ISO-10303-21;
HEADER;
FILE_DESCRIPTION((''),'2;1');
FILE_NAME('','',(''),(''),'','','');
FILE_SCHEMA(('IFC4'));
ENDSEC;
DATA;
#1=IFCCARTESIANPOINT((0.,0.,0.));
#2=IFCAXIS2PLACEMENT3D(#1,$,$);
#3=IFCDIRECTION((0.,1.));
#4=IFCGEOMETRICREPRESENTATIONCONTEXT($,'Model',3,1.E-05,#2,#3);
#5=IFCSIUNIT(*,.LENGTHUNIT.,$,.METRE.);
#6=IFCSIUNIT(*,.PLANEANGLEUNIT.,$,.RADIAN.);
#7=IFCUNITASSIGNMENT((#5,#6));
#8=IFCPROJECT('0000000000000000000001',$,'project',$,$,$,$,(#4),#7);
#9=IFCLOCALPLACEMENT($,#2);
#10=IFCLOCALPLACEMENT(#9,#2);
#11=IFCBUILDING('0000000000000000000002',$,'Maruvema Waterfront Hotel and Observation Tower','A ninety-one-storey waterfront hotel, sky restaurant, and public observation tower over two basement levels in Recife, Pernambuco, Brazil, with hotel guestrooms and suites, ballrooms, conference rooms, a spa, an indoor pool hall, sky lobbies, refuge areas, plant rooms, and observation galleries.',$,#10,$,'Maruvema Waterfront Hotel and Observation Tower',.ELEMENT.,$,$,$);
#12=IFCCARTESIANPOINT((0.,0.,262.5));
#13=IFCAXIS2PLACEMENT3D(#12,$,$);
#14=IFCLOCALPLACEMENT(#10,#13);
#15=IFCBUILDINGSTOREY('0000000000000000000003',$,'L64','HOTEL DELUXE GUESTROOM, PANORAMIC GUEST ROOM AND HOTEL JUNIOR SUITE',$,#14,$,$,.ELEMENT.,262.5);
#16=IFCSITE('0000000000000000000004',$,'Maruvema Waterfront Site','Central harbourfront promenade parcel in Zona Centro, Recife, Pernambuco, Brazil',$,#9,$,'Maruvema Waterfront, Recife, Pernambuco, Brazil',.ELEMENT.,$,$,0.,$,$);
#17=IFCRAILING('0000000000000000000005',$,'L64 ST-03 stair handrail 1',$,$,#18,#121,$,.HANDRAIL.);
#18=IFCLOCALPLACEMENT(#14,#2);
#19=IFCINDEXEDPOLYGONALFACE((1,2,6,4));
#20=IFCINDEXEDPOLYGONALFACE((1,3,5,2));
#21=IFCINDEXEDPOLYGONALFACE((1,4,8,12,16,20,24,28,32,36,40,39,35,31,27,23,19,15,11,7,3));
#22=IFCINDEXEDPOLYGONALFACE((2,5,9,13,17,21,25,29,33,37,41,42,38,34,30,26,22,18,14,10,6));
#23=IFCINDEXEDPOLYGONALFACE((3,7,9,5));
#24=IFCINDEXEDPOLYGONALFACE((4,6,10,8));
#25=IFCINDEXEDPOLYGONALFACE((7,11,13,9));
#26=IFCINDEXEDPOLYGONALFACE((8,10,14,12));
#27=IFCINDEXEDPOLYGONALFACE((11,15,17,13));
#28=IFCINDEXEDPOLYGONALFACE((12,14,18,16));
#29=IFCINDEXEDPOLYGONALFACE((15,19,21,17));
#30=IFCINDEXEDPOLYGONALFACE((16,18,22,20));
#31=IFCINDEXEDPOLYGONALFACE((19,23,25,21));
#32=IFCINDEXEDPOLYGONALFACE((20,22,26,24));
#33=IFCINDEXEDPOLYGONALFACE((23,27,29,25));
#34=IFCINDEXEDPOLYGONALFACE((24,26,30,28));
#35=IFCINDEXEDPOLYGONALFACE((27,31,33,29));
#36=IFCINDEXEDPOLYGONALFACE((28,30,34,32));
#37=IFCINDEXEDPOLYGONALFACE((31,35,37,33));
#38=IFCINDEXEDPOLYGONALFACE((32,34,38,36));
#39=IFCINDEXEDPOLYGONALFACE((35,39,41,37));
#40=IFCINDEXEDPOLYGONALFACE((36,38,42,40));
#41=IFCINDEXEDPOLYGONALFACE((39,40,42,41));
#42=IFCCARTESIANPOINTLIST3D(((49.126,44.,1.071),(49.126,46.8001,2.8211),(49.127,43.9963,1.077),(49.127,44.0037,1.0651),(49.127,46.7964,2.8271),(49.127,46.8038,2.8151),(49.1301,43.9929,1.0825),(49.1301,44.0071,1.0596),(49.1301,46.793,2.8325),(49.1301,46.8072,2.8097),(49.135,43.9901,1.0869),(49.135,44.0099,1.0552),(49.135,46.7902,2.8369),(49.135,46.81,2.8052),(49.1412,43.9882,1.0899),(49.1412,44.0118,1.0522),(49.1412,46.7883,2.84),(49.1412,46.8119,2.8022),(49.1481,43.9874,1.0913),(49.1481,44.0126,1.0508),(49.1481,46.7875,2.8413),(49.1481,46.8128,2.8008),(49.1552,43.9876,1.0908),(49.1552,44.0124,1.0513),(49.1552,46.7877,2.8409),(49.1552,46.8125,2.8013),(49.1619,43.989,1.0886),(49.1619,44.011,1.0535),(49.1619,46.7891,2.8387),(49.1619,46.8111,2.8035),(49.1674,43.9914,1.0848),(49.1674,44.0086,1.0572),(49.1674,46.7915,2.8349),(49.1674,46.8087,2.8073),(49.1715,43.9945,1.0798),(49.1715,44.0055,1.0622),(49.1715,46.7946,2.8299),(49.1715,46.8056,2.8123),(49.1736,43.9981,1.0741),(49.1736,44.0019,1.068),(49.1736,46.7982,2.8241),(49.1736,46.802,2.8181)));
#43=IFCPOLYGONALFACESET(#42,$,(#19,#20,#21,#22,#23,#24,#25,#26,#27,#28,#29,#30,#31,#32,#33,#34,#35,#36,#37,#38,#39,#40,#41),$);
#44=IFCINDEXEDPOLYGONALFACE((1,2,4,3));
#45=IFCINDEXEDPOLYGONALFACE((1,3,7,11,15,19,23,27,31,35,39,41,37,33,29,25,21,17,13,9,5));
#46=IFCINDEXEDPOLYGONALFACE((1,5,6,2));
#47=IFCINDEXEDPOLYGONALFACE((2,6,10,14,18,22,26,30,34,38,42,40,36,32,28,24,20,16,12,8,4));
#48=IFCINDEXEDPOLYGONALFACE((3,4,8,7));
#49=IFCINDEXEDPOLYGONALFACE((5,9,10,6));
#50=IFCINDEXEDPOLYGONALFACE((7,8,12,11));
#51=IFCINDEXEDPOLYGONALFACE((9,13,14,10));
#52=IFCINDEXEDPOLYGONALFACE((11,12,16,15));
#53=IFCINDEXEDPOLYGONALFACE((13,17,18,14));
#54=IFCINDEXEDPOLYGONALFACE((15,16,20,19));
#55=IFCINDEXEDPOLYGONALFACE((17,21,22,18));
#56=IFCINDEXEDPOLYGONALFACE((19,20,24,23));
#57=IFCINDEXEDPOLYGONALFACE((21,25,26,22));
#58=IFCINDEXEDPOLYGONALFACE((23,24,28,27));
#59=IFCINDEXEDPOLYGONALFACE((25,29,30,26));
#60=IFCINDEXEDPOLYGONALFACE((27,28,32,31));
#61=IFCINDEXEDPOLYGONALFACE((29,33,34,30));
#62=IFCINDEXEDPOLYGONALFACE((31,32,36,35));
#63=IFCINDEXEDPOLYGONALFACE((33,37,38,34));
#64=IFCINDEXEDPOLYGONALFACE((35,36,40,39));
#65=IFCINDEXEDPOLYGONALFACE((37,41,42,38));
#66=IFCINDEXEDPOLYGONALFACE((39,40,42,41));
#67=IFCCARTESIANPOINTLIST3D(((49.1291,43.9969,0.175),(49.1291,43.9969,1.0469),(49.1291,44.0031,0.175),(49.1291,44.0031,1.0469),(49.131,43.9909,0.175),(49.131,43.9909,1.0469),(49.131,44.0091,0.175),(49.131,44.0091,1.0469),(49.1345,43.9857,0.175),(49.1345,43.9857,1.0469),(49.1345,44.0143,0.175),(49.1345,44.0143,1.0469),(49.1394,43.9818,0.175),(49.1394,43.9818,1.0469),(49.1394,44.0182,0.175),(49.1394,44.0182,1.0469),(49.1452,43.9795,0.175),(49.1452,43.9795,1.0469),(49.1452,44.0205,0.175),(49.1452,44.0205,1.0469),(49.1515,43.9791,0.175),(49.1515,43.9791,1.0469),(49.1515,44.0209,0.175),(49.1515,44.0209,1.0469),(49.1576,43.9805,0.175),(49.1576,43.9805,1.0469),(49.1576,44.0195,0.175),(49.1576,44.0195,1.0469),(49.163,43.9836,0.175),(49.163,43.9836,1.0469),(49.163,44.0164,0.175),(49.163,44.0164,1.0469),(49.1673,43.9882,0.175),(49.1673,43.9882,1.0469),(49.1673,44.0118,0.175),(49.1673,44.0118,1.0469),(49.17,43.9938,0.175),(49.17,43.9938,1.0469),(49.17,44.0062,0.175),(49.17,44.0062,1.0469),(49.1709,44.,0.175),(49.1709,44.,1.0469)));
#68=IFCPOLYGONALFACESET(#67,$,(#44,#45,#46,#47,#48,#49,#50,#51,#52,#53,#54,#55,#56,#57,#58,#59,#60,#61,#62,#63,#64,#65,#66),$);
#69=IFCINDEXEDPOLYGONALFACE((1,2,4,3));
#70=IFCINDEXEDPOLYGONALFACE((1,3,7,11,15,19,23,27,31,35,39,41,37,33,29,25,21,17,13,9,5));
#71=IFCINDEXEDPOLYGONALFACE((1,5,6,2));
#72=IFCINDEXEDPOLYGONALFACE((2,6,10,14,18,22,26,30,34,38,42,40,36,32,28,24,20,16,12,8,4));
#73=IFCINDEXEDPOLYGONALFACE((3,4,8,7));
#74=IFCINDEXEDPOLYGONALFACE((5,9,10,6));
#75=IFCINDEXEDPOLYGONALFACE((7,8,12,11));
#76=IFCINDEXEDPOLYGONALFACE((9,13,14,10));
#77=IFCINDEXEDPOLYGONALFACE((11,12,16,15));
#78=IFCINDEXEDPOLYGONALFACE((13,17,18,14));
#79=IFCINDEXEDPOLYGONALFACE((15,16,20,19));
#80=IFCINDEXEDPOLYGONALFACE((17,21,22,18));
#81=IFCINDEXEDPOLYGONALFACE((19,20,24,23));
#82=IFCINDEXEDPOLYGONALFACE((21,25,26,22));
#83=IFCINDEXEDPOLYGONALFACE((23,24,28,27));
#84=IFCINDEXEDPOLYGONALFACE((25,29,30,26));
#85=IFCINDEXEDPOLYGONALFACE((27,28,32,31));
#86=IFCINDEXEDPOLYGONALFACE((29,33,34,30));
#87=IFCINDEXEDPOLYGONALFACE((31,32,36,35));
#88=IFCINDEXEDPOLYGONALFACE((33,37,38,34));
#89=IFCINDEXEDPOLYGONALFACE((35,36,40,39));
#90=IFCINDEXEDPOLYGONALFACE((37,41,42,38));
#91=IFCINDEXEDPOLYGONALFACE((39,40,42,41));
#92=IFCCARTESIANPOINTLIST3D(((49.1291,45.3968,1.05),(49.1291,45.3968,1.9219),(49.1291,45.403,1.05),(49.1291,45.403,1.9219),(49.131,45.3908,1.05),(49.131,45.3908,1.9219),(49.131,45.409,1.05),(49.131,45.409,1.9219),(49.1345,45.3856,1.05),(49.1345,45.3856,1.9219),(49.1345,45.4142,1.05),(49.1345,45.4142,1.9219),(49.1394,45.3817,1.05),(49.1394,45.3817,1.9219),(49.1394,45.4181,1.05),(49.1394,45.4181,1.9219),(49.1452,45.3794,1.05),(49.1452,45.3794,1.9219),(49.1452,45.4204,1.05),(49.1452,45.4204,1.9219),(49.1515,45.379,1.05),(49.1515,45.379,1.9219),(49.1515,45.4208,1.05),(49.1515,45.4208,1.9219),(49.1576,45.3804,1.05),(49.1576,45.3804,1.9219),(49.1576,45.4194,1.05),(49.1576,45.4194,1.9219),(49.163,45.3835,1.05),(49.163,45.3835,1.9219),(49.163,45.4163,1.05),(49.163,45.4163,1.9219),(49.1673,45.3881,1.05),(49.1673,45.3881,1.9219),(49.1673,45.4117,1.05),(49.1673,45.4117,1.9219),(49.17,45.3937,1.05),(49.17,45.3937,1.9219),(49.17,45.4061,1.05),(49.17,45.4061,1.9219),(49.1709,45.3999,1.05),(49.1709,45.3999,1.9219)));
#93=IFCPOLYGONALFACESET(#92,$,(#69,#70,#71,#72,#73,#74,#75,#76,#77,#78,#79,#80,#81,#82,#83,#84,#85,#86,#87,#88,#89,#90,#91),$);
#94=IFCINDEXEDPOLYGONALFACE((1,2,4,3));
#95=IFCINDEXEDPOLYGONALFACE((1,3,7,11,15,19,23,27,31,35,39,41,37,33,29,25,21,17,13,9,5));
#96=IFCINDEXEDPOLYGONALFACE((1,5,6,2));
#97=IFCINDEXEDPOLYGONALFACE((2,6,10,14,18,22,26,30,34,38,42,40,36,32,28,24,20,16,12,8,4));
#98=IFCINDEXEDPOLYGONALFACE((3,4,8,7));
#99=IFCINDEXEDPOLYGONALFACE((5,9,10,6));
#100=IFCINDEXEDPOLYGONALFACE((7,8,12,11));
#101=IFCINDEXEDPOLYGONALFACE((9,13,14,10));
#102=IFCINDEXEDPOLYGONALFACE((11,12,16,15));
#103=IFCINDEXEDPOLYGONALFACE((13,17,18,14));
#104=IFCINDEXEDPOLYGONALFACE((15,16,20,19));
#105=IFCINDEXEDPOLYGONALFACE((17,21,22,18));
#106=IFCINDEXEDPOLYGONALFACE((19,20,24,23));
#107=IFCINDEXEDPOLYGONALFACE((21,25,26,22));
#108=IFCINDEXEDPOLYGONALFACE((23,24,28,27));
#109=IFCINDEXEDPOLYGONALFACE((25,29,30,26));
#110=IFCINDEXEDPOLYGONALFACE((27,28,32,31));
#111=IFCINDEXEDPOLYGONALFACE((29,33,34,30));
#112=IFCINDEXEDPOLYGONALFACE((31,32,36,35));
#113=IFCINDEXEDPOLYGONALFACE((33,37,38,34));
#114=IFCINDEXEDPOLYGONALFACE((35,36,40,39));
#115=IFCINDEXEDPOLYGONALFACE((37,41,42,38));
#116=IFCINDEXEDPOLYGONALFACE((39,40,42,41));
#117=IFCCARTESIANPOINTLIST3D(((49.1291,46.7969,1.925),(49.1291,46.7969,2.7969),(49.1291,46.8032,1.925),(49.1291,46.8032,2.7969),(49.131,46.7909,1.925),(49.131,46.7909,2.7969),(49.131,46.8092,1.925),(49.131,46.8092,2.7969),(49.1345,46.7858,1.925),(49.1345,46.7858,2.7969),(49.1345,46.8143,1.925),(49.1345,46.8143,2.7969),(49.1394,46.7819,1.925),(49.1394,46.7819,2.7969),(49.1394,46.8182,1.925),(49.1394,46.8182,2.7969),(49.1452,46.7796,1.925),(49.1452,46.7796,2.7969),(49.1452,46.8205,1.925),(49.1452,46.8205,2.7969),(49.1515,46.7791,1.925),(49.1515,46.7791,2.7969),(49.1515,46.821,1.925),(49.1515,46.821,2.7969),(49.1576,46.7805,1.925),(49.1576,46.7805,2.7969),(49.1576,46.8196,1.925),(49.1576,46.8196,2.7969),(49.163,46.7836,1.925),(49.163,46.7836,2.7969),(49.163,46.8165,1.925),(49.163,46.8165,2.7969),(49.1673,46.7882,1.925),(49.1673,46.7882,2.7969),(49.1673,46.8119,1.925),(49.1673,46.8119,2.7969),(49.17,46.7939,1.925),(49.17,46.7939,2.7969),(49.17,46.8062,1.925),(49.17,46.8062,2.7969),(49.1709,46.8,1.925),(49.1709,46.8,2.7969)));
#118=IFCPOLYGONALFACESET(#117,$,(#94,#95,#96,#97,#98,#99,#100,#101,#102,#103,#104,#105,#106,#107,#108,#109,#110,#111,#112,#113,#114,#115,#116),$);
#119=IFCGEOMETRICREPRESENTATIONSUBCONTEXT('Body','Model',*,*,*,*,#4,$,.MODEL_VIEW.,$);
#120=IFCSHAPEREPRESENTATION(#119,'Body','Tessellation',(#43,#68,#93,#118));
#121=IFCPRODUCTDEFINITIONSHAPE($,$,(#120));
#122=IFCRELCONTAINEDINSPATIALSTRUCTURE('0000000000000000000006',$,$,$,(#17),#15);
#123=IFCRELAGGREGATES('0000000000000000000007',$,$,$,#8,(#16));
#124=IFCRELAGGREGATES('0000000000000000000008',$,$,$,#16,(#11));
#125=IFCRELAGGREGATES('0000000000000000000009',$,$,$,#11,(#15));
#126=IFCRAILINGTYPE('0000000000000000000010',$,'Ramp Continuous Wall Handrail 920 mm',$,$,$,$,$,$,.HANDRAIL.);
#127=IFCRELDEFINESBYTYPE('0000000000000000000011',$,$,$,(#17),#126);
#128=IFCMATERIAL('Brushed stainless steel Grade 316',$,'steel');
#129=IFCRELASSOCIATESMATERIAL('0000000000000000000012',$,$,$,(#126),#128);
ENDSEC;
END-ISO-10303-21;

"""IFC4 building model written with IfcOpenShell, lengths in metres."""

from ifc_helpers import new_model, si_unit, direction, frame, origin, origin_2d, place, context, subcontext, project, spatial, circle, extrude, material, type_object, element, save


model = new_model("IFC4")

# Units and contexts
model_context = context("Model", 3, precision=1e-05, world=origin(), true_north=direction((0.0, 1.0)))
body_context = subcontext(model_context, "Body", "Model", "MODEL_VIEW")
ifc_project = project(units=[si_unit("LENGTHUNIT", "METRE"), si_unit("PLANEANGLEUNIT", "RADIAN")], contexts=[model_context])

# Site, building, storey
site_placement = place(None, origin())
site = spatial("IfcSite", under=ifc_project, at=site_placement, Name="Maruvema Waterfront Site", Description="Central harbourfront promenade parcel in Zona Centro, Recife, Pernambuco, Brazil", LongName="Maruvema Waterfront, Recife, Pernambuco, Brazil", CompositionType="ELEMENT", RefElevation=0.0)
building_placement = place(site_placement, origin())
building = spatial("IfcBuilding", under=site, at=building_placement, Name="Maruvema Waterfront Hotel and Observation Tower", Description="A ninety-one-storey waterfront hotel, sky restaurant, and public observation tower over two basement levels in Recife, Pernambuco, Brazil, with hotel guestrooms and suites, ballrooms, conference rooms, a spa, an indoor pool hall, sky lobbies, refuge areas, plant rooms, and observation galleries.", LongName="Maruvema Waterfront Hotel and Observation Tower", CompositionType="ELEMENT")
storey_placement = place(building_placement, frame((0.0, 0.0, 262.5)))
storey = spatial("IfcBuildingStorey", under=building, at=storey_placement, Name="L64", Description="HOTEL DELUXE GUESTROOM, PANORAMIC GUEST ROOM AND HOTEL JUNIOR SUITE", CompositionType="ELEMENT", Elevation=262.5)

# Railing
ifc_material_1 = material(Name="Brushed stainless steel Grade 316", Category="steel")
railing_type_1 = type_object("IfcRailingType", Name="Ramp Continuous Wall Handrail 920 mm", PredefinedType="HANDRAIL", material=ifc_material_1)
railing_1_placement = place(storey_placement, frame((49.1499, 44.0, 0.175)))
element("IfcRailing", 1, at=railing_1_placement, inside=storey, type_object=railing_type_1, Name="L64 ST-03 stair handrail 1", PredefinedType="HANDRAIL", context=body_context, shape_type="SweptSolid", body=[
    extrude(circle(Radius=0.0239, at=origin_2d()), frame((0.0, 0.0, 0.896), z_axis=(0.0, 0.848002, 0.529992), x_axis=(-1.0, 0.0, 0.0)), (0.0, 0.0, 1.0), 3.302),
    extrude(circle(Radius=0.021, at=origin_2d()), origin(), (0.0, 0.0, 1.0), 0.8718),
    extrude(circle(Radius=0.021, at=origin_2d()), frame((0.0, 1.3999, 0.875)), (0.0, 0.0, 1.0), 0.8718),
    extrude(circle(Radius=0.021, at=origin_2d()), frame((0.0, 2.8, 1.75)), (0.0, 0.0, 1.0), 0.8718),
])

save(model, "model.ifc")
